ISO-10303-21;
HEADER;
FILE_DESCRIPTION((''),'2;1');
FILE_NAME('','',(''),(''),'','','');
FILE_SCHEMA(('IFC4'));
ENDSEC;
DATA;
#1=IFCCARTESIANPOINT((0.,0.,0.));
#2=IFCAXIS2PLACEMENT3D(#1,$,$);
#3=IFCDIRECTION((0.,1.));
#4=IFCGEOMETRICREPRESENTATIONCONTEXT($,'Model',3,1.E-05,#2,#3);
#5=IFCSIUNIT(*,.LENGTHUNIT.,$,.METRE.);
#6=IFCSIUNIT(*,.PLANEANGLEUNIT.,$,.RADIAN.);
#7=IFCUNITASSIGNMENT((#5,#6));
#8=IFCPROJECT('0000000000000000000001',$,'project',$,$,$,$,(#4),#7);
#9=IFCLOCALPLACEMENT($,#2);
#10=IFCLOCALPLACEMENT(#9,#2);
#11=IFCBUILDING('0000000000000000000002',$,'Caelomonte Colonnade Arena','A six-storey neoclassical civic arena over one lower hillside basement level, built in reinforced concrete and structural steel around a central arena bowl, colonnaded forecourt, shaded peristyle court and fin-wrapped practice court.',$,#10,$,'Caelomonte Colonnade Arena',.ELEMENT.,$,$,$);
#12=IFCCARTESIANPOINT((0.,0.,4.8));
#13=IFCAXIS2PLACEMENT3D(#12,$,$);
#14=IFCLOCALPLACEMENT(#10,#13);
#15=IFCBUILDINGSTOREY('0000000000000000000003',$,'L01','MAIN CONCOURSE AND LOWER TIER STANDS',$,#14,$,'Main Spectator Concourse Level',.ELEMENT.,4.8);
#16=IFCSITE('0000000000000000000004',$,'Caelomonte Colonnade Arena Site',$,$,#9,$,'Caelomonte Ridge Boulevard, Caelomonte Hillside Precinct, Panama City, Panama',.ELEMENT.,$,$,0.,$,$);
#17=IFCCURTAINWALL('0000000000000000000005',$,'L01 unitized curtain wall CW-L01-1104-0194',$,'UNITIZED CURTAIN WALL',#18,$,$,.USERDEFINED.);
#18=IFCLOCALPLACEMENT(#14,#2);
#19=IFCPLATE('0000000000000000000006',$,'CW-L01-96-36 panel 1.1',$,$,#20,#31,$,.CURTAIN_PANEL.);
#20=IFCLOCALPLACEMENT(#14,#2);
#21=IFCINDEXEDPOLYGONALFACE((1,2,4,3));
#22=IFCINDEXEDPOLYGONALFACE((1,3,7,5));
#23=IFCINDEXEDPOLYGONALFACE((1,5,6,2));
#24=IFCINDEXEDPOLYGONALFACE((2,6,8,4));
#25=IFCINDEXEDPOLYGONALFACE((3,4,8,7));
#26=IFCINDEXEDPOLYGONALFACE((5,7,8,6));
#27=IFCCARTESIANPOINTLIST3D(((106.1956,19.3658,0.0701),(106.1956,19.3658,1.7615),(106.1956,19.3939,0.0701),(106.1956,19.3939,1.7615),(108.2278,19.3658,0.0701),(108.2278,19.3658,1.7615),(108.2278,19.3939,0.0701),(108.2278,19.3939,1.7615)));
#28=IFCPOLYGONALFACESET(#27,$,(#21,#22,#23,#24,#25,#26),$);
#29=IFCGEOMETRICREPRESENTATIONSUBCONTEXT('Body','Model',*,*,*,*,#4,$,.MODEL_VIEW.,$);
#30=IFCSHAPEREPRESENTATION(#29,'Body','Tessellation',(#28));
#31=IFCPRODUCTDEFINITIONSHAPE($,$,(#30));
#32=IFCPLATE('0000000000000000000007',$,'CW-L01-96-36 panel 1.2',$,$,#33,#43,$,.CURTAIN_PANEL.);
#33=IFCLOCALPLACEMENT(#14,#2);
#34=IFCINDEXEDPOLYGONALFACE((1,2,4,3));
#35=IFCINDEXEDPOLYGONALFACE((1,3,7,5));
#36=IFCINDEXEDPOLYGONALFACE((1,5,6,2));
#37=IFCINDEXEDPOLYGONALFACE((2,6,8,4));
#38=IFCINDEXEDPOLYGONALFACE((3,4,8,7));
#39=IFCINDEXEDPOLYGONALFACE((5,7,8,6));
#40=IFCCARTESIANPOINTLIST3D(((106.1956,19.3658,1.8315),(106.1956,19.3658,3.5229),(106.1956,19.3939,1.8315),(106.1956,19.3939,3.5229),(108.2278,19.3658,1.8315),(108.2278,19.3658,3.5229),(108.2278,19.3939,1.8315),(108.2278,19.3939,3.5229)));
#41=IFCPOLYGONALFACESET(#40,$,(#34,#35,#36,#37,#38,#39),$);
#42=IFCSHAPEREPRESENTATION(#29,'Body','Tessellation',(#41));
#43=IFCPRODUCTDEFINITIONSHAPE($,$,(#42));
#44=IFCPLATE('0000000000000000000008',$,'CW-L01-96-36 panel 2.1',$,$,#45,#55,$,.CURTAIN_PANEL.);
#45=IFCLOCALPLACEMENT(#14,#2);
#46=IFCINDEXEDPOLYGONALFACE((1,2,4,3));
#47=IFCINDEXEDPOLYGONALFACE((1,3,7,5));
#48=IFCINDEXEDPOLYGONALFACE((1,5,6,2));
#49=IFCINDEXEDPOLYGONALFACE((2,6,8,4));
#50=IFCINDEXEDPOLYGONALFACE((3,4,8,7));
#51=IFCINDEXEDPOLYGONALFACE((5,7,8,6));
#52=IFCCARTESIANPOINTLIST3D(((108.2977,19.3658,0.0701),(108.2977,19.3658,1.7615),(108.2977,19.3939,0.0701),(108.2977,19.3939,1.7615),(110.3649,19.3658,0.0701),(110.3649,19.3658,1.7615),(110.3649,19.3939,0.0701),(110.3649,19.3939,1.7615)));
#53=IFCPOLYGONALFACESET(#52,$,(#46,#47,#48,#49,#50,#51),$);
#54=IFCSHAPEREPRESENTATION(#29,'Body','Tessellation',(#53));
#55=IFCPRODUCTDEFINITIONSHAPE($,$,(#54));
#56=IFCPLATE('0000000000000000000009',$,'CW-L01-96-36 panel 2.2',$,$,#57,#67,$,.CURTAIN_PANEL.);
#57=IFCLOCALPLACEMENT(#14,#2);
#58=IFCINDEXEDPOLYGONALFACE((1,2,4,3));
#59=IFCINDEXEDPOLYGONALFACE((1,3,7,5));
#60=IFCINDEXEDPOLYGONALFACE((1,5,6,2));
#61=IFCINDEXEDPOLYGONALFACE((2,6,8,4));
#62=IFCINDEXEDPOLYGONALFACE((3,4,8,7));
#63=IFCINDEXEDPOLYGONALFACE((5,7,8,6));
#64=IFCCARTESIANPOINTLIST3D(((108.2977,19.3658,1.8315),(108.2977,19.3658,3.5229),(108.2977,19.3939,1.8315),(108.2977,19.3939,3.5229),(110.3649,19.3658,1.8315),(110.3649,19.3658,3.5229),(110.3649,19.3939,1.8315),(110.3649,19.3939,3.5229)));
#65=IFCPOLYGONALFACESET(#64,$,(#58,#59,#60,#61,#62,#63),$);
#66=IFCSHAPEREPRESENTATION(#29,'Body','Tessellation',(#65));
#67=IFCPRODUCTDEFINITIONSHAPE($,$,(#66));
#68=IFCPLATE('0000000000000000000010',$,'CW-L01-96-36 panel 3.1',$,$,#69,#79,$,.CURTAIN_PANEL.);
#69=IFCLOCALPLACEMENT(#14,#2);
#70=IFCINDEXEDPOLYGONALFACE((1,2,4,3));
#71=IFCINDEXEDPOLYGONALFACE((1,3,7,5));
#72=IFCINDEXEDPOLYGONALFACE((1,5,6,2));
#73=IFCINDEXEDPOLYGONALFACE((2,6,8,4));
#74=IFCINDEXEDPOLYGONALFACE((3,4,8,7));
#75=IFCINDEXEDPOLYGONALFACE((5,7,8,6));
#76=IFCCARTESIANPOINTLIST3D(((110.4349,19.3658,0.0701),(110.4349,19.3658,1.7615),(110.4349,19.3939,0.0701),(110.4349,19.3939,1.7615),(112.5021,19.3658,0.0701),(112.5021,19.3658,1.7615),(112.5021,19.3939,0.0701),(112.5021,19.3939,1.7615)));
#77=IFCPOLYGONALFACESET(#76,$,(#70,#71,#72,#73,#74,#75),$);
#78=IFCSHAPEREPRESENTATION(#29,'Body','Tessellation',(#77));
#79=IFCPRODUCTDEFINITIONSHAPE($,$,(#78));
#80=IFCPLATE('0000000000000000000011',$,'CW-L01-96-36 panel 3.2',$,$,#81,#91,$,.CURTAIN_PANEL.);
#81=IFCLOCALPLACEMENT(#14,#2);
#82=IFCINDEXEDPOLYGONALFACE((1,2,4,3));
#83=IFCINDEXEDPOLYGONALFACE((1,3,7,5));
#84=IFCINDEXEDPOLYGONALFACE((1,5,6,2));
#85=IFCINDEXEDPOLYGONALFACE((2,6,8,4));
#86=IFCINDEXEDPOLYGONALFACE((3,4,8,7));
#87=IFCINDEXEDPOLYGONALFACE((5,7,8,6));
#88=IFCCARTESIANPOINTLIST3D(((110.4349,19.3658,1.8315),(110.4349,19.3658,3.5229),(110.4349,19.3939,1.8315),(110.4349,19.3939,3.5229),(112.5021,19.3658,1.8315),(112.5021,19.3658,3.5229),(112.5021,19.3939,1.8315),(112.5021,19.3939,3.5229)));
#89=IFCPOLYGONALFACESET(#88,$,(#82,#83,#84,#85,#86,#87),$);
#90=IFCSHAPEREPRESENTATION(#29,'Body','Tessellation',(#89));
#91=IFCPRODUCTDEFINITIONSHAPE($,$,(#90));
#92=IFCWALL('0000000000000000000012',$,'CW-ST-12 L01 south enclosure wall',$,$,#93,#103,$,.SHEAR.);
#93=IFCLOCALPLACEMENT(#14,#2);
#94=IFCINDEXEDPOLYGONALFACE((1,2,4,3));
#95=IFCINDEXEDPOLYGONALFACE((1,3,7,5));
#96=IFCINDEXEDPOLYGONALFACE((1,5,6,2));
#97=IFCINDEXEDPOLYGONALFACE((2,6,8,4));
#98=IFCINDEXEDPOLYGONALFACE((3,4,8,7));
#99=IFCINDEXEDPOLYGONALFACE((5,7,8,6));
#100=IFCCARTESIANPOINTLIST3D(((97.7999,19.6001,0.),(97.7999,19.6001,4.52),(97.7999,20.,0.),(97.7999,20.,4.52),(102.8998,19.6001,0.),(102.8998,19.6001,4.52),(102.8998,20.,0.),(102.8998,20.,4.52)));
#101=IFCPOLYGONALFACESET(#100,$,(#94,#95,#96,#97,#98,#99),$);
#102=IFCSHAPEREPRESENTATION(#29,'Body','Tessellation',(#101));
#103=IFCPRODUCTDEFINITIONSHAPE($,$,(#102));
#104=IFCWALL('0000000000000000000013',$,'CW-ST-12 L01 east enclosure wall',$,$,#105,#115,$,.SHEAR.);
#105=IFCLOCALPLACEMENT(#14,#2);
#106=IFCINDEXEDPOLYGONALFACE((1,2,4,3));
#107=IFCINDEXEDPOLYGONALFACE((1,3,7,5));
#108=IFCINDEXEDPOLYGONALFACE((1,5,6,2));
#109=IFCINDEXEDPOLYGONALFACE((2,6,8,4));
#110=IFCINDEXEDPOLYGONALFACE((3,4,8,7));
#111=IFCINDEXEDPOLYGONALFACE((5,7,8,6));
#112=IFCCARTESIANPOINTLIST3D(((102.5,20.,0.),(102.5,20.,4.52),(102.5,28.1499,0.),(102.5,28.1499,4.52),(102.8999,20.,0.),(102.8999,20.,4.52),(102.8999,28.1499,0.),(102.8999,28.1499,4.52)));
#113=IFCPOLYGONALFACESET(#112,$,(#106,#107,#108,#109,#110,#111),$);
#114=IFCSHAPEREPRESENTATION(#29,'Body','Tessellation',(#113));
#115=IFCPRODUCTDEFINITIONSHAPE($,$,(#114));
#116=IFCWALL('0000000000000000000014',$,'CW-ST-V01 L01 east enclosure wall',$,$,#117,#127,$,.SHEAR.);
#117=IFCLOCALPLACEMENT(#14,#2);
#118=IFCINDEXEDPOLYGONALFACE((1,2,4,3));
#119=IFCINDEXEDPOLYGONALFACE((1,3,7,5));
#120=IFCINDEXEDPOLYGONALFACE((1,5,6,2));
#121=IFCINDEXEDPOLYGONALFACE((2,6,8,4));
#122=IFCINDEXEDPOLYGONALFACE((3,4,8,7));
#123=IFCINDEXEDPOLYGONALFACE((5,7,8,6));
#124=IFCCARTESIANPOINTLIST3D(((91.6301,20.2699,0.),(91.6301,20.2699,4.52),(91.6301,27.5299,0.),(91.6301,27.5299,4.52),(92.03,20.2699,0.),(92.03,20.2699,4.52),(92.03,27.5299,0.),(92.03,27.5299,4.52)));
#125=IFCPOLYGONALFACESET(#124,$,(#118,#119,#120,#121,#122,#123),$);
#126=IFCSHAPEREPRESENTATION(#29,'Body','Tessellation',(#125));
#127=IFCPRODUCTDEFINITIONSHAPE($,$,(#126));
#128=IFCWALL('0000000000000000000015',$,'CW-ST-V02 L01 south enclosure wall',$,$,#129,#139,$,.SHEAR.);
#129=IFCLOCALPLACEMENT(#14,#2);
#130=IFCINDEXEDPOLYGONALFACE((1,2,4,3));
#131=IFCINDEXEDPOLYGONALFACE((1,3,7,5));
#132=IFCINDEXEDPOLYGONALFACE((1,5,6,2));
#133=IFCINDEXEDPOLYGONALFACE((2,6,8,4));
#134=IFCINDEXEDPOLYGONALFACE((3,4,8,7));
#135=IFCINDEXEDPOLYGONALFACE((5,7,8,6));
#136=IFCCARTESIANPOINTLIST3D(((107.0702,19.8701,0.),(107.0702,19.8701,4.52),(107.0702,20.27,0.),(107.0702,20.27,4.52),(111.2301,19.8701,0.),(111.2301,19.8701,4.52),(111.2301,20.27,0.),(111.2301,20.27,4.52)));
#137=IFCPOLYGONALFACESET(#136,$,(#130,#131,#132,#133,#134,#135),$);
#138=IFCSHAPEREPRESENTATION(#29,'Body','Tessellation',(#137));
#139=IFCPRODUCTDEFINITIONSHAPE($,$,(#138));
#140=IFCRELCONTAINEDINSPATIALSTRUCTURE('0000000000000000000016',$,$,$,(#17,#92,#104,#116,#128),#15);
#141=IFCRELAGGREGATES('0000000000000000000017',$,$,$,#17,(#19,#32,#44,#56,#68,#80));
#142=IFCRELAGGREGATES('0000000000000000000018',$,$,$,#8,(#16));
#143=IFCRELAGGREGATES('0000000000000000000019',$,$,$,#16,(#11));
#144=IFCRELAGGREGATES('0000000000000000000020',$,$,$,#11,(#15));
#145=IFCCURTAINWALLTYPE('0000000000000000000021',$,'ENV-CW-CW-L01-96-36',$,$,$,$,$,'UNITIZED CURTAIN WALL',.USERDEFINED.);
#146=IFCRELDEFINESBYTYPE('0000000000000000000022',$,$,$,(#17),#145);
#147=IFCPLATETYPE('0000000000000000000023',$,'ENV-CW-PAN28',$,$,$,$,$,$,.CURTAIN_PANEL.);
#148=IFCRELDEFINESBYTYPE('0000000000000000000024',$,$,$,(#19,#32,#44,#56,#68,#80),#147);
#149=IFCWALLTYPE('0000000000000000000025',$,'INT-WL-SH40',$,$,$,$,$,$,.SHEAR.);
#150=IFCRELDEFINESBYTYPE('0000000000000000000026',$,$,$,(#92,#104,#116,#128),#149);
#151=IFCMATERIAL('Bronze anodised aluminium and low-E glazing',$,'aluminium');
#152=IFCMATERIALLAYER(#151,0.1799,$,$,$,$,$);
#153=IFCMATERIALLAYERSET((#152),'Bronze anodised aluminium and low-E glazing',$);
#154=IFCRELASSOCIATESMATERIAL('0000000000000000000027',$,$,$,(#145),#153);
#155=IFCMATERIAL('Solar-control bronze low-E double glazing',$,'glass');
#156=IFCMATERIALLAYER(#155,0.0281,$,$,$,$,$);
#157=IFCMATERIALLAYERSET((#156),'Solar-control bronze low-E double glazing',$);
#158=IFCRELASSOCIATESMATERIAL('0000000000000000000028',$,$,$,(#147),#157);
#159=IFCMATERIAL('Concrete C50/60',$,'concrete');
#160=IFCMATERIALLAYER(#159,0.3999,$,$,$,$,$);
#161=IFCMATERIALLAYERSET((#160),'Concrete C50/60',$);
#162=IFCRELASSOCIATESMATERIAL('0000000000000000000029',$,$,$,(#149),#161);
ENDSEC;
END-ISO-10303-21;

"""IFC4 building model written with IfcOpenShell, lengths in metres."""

from ifc_helpers import new_model, si_unit, direction, frame, frame_2d, origin, origin_2d, place, context, subcontext, project, spatial, rectangle, extrude, material, layer, layer_set, type_object, element, aggregate, save


model = new_model("IFC4")

# Units and contexts
model_context = context("Model", 3, precision=1e-05, world=origin(), true_north=direction((0.0, 1.0)))
body_context = subcontext(model_context, "Body", "Model", "MODEL_VIEW")
ifc_project = project(units=[si_unit("LENGTHUNIT", "METRE"), si_unit("PLANEANGLEUNIT", "RADIAN")], contexts=[model_context])

# Site, building, storey
site_placement = place(None, origin())
site = spatial("IfcSite", under=ifc_project, at=site_placement, Name="Caelomonte Colonnade Arena Site", LongName="Caelomonte Ridge Boulevard, Caelomonte Hillside Precinct, Panama City, Panama", CompositionType="ELEMENT", RefElevation=0.0)
building_placement = place(site_placement, origin())
building = spatial("IfcBuilding", under=site, at=building_placement, Name="Caelomonte Colonnade Arena", Description="A six-storey neoclassical civic arena over one lower hillside basement level, built in reinforced concrete and structural steel around a central arena bowl, colonnaded forecourt, shaded peristyle court and fin-wrapped practice court.", LongName="Caelomonte Colonnade Arena", CompositionType="ELEMENT")
storey_placement = place(building_placement, frame((0.0, 0.0, 4.8)))
storey = spatial("IfcBuildingStorey", under=building, at=storey_placement, Name="L01", Description="MAIN CONCOURSE AND LOWER TIER STANDS", LongName="Main Spectator Concourse Level", CompositionType="ELEMENT", Elevation=4.8)

# Curtain wall
ifc_material_1 = material(Name="Bronze anodised aluminium and low-E glazing", Category="aluminium")
ifc_layer_1 = layer(ifc_material_1, 0.1799)
ifc_layer_set_1 = layer_set([ifc_layer_1], Name="Bronze anodised aluminium and low-E glazing")
curtain_wall_type = type_object("IfcCurtainWallType", Name="ENV-CW-CW-L01-96-36", ElementType="UNITIZED CURTAIN WALL", PredefinedType="USERDEFINED", material=ifc_layer_set_1)
curtain_wall_placement = place(storey_placement, origin())
curtain_wall = element("IfcCurtainWall", 1, at=curtain_wall_placement, inside=storey, type_object=curtain_wall_type, Name="L01 unitized curtain wall CW-L01-1104-0194", ObjectType="UNITIZED CURTAIN WALL", PredefinedType="USERDEFINED")

# Plates
ifc_material_2 = material(Name="Solar-control bronze low-E double glazing", Category="glass")
ifc_layer_2 = layer(ifc_material_2, 0.0281)
ifc_layer_set_2 = layer_set([ifc_layer_2], Name="Solar-control bronze low-E double glazing")
plate_type = type_object("IfcPlateType", Name="ENV-CW-PAN28", PredefinedType="CURTAIN_PANEL", material=ifc_layer_set_2)
plate_1_placement = place(storey_placement, frame((107.2117, 19.3799, 0.0701), z_axis=(0.0, 0.0, 1.0), x_axis=(1.0, 0.0, 0.0)))
plate_1 = element("IfcPlate", 2, at=plate_1_placement, type_object=plate_type, Name="CW-L01-96-36 panel 1.1", PredefinedType="CURTAIN_PANEL", context=body_context, shape_type="SweptSolid", body=[
    extrude(rectangle(XDim=2.0322, YDim=0.0281, at=origin_2d()), origin(), (0.0, 0.0, 1.0), 1.6914),
])
plate_2_placement = place(storey_placement, frame((107.2117, 19.3799, 1.8315), z_axis=(0.0, 0.0, 1.0), x_axis=(1.0, 0.0, 0.0)))
plate_2 = element("IfcPlate", 3, at=plate_2_placement, type_object=plate_type, Name="CW-L01-96-36 panel 1.2", PredefinedType="CURTAIN_PANEL", context=body_context, shape_type="SweptSolid", body=[
    extrude(rectangle(XDim=2.0322, YDim=0.0281, at=origin_2d()), origin(), (0.0, 0.0, 1.0), 1.6914),
])
plate_3_placement = place(storey_placement, frame((109.3313, 19.3799, 0.0701), z_axis=(0.0, 0.0, 1.0), x_axis=(1.0, 0.0, 0.0)))
plate_3 = element("IfcPlate", 4, at=plate_3_placement, type_object=plate_type, Name="CW-L01-96-36 panel 2.1", PredefinedType="CURTAIN_PANEL", context=body_context, shape_type="SweptSolid", body=[
    extrude(rectangle(XDim=2.0671, YDim=0.0281, at=origin_2d()), origin(), (0.0, 0.0, 1.0), 1.6914),
])
plate_4_placement = place(storey_placement, frame((109.3313, 19.3799, 1.8315), z_axis=(0.0, 0.0, 1.0), x_axis=(1.0, 0.0, 0.0)))
plate_4 = element("IfcPlate", 5, at=plate_4_placement, type_object=plate_type, Name="CW-L01-96-36 panel 2.2", PredefinedType="CURTAIN_PANEL", context=body_context, shape_type="SweptSolid", body=[
    extrude(rectangle(XDim=2.0671, YDim=0.0281, at=origin_2d()), origin(), (0.0, 0.0, 1.0), 1.6914),
])
plate_5_placement = place(storey_placement, frame((111.4685, 19.3799, 0.0701), z_axis=(0.0, 0.0, 1.0), x_axis=(1.0, 0.0, 0.0)))
plate_5 = element("IfcPlate", 6, at=plate_5_placement, type_object=plate_type, Name="CW-L01-96-36 panel 3.1", PredefinedType="CURTAIN_PANEL", context=body_context, shape_type="SweptSolid", body=[
    extrude(rectangle(XDim=2.0671, YDim=0.0281, at=origin_2d()), origin(), (0.0, 0.0, 1.0), 1.6914),
])
plate_6_placement = place(storey_placement, frame((111.4685, 19.3799, 1.8315), z_axis=(0.0, 0.0, 1.0), x_axis=(1.0, 0.0, 0.0)))
plate_6 = element("IfcPlate", 7, at=plate_6_placement, type_object=plate_type, Name="CW-L01-96-36 panel 3.2", PredefinedType="CURTAIN_PANEL", context=body_context, shape_type="SweptSolid", body=[
    extrude(rectangle(XDim=2.0671, YDim=0.0281, at=origin_2d()), origin(), (0.0, 0.0, 1.0), 1.6914),
])
aggregate(curtain_wall, [plate_1, plate_2, plate_3, plate_4, plate_5, plate_6])

# Walls
ifc_material_3 = material(Name="Concrete C50/60", Category="concrete")
ifc_layer_3 = layer(ifc_material_3, 0.3999)
ifc_layer_set_3 = layer_set([ifc_layer_3], Name="Concrete C50/60")
wall_type = type_object("IfcWallType", Name="INT-WL-SH40", PredefinedType="SHEAR", material=ifc_layer_set_3)
wall_1_placement = place(storey_placement, frame((97.8, 19.8, 0.0), z_axis=(0.0, 0.0, 1.0), x_axis=(1.0, 0.0, 0.0)))
element("IfcWall", 8, at=wall_1_placement, inside=storey, type_object=wall_type, Name="CW-ST-12 L01 south enclosure wall", PredefinedType="SHEAR", context=body_context, shape_type="SweptSolid", body=[
    extrude(rectangle(XDim=5.0999, YDim=0.3999, at=frame_2d((2.5498, 0.0))), origin(), (0.0, 0.0, 1.0), 4.52),
])
wall_2_placement = place(storey_placement, frame((102.7, 20.0, 0.0), z_axis=(0.0, 0.0, 1.0), x_axis=(0.0, 1.0, 0.0)))
element("IfcWall", 9, at=wall_2_placement, inside=storey, type_object=wall_type, Name="CW-ST-12 L01 east enclosure wall", PredefinedType="SHEAR", context=body_context, shape_type="SweptSolid", body=[
    extrude(rectangle(XDim=8.1499, YDim=0.3999, at=frame_2d((4.075, 0.0))), origin(), (0.0, 0.0, 1.0), 4.52),
])
wall_3_placement = place(storey_placement, frame((91.8301, 20.27, 0.0), z_axis=(0.0, 0.0, 1.0), x_axis=(0.0, 1.0, 0.0)))
element("IfcWall", 10, at=wall_3_placement, inside=storey, type_object=wall_type, Name="CW-ST-V01 L01 east enclosure wall", PredefinedType="SHEAR", context=body_context, shape_type="SweptSolid", body=[
    extrude(rectangle(XDim=7.26, YDim=0.3999, at=frame_2d((3.6299, 0.0))), origin(), (0.0, 0.0, 1.0), 4.52),
])
wall_4_placement = place(storey_placement, frame((107.0701, 20.0701, 0.0), z_axis=(0.0, 0.0, 1.0), x_axis=(1.0, 0.0, 0.0)))
element("IfcWall", 11, at=wall_4_placement, inside=storey, type_object=wall_type, Name="CW-ST-V02 L01 south enclosure wall", PredefinedType="SHEAR", context=body_context, shape_type="SweptSolid", body=[
    extrude(rectangle(XDim=4.1599, YDim=0.3999, at=frame_2d((2.0801, 0.0))), origin(), (0.0, 0.0, 1.0), 4.52),
])

save(model, "model.ifc")
